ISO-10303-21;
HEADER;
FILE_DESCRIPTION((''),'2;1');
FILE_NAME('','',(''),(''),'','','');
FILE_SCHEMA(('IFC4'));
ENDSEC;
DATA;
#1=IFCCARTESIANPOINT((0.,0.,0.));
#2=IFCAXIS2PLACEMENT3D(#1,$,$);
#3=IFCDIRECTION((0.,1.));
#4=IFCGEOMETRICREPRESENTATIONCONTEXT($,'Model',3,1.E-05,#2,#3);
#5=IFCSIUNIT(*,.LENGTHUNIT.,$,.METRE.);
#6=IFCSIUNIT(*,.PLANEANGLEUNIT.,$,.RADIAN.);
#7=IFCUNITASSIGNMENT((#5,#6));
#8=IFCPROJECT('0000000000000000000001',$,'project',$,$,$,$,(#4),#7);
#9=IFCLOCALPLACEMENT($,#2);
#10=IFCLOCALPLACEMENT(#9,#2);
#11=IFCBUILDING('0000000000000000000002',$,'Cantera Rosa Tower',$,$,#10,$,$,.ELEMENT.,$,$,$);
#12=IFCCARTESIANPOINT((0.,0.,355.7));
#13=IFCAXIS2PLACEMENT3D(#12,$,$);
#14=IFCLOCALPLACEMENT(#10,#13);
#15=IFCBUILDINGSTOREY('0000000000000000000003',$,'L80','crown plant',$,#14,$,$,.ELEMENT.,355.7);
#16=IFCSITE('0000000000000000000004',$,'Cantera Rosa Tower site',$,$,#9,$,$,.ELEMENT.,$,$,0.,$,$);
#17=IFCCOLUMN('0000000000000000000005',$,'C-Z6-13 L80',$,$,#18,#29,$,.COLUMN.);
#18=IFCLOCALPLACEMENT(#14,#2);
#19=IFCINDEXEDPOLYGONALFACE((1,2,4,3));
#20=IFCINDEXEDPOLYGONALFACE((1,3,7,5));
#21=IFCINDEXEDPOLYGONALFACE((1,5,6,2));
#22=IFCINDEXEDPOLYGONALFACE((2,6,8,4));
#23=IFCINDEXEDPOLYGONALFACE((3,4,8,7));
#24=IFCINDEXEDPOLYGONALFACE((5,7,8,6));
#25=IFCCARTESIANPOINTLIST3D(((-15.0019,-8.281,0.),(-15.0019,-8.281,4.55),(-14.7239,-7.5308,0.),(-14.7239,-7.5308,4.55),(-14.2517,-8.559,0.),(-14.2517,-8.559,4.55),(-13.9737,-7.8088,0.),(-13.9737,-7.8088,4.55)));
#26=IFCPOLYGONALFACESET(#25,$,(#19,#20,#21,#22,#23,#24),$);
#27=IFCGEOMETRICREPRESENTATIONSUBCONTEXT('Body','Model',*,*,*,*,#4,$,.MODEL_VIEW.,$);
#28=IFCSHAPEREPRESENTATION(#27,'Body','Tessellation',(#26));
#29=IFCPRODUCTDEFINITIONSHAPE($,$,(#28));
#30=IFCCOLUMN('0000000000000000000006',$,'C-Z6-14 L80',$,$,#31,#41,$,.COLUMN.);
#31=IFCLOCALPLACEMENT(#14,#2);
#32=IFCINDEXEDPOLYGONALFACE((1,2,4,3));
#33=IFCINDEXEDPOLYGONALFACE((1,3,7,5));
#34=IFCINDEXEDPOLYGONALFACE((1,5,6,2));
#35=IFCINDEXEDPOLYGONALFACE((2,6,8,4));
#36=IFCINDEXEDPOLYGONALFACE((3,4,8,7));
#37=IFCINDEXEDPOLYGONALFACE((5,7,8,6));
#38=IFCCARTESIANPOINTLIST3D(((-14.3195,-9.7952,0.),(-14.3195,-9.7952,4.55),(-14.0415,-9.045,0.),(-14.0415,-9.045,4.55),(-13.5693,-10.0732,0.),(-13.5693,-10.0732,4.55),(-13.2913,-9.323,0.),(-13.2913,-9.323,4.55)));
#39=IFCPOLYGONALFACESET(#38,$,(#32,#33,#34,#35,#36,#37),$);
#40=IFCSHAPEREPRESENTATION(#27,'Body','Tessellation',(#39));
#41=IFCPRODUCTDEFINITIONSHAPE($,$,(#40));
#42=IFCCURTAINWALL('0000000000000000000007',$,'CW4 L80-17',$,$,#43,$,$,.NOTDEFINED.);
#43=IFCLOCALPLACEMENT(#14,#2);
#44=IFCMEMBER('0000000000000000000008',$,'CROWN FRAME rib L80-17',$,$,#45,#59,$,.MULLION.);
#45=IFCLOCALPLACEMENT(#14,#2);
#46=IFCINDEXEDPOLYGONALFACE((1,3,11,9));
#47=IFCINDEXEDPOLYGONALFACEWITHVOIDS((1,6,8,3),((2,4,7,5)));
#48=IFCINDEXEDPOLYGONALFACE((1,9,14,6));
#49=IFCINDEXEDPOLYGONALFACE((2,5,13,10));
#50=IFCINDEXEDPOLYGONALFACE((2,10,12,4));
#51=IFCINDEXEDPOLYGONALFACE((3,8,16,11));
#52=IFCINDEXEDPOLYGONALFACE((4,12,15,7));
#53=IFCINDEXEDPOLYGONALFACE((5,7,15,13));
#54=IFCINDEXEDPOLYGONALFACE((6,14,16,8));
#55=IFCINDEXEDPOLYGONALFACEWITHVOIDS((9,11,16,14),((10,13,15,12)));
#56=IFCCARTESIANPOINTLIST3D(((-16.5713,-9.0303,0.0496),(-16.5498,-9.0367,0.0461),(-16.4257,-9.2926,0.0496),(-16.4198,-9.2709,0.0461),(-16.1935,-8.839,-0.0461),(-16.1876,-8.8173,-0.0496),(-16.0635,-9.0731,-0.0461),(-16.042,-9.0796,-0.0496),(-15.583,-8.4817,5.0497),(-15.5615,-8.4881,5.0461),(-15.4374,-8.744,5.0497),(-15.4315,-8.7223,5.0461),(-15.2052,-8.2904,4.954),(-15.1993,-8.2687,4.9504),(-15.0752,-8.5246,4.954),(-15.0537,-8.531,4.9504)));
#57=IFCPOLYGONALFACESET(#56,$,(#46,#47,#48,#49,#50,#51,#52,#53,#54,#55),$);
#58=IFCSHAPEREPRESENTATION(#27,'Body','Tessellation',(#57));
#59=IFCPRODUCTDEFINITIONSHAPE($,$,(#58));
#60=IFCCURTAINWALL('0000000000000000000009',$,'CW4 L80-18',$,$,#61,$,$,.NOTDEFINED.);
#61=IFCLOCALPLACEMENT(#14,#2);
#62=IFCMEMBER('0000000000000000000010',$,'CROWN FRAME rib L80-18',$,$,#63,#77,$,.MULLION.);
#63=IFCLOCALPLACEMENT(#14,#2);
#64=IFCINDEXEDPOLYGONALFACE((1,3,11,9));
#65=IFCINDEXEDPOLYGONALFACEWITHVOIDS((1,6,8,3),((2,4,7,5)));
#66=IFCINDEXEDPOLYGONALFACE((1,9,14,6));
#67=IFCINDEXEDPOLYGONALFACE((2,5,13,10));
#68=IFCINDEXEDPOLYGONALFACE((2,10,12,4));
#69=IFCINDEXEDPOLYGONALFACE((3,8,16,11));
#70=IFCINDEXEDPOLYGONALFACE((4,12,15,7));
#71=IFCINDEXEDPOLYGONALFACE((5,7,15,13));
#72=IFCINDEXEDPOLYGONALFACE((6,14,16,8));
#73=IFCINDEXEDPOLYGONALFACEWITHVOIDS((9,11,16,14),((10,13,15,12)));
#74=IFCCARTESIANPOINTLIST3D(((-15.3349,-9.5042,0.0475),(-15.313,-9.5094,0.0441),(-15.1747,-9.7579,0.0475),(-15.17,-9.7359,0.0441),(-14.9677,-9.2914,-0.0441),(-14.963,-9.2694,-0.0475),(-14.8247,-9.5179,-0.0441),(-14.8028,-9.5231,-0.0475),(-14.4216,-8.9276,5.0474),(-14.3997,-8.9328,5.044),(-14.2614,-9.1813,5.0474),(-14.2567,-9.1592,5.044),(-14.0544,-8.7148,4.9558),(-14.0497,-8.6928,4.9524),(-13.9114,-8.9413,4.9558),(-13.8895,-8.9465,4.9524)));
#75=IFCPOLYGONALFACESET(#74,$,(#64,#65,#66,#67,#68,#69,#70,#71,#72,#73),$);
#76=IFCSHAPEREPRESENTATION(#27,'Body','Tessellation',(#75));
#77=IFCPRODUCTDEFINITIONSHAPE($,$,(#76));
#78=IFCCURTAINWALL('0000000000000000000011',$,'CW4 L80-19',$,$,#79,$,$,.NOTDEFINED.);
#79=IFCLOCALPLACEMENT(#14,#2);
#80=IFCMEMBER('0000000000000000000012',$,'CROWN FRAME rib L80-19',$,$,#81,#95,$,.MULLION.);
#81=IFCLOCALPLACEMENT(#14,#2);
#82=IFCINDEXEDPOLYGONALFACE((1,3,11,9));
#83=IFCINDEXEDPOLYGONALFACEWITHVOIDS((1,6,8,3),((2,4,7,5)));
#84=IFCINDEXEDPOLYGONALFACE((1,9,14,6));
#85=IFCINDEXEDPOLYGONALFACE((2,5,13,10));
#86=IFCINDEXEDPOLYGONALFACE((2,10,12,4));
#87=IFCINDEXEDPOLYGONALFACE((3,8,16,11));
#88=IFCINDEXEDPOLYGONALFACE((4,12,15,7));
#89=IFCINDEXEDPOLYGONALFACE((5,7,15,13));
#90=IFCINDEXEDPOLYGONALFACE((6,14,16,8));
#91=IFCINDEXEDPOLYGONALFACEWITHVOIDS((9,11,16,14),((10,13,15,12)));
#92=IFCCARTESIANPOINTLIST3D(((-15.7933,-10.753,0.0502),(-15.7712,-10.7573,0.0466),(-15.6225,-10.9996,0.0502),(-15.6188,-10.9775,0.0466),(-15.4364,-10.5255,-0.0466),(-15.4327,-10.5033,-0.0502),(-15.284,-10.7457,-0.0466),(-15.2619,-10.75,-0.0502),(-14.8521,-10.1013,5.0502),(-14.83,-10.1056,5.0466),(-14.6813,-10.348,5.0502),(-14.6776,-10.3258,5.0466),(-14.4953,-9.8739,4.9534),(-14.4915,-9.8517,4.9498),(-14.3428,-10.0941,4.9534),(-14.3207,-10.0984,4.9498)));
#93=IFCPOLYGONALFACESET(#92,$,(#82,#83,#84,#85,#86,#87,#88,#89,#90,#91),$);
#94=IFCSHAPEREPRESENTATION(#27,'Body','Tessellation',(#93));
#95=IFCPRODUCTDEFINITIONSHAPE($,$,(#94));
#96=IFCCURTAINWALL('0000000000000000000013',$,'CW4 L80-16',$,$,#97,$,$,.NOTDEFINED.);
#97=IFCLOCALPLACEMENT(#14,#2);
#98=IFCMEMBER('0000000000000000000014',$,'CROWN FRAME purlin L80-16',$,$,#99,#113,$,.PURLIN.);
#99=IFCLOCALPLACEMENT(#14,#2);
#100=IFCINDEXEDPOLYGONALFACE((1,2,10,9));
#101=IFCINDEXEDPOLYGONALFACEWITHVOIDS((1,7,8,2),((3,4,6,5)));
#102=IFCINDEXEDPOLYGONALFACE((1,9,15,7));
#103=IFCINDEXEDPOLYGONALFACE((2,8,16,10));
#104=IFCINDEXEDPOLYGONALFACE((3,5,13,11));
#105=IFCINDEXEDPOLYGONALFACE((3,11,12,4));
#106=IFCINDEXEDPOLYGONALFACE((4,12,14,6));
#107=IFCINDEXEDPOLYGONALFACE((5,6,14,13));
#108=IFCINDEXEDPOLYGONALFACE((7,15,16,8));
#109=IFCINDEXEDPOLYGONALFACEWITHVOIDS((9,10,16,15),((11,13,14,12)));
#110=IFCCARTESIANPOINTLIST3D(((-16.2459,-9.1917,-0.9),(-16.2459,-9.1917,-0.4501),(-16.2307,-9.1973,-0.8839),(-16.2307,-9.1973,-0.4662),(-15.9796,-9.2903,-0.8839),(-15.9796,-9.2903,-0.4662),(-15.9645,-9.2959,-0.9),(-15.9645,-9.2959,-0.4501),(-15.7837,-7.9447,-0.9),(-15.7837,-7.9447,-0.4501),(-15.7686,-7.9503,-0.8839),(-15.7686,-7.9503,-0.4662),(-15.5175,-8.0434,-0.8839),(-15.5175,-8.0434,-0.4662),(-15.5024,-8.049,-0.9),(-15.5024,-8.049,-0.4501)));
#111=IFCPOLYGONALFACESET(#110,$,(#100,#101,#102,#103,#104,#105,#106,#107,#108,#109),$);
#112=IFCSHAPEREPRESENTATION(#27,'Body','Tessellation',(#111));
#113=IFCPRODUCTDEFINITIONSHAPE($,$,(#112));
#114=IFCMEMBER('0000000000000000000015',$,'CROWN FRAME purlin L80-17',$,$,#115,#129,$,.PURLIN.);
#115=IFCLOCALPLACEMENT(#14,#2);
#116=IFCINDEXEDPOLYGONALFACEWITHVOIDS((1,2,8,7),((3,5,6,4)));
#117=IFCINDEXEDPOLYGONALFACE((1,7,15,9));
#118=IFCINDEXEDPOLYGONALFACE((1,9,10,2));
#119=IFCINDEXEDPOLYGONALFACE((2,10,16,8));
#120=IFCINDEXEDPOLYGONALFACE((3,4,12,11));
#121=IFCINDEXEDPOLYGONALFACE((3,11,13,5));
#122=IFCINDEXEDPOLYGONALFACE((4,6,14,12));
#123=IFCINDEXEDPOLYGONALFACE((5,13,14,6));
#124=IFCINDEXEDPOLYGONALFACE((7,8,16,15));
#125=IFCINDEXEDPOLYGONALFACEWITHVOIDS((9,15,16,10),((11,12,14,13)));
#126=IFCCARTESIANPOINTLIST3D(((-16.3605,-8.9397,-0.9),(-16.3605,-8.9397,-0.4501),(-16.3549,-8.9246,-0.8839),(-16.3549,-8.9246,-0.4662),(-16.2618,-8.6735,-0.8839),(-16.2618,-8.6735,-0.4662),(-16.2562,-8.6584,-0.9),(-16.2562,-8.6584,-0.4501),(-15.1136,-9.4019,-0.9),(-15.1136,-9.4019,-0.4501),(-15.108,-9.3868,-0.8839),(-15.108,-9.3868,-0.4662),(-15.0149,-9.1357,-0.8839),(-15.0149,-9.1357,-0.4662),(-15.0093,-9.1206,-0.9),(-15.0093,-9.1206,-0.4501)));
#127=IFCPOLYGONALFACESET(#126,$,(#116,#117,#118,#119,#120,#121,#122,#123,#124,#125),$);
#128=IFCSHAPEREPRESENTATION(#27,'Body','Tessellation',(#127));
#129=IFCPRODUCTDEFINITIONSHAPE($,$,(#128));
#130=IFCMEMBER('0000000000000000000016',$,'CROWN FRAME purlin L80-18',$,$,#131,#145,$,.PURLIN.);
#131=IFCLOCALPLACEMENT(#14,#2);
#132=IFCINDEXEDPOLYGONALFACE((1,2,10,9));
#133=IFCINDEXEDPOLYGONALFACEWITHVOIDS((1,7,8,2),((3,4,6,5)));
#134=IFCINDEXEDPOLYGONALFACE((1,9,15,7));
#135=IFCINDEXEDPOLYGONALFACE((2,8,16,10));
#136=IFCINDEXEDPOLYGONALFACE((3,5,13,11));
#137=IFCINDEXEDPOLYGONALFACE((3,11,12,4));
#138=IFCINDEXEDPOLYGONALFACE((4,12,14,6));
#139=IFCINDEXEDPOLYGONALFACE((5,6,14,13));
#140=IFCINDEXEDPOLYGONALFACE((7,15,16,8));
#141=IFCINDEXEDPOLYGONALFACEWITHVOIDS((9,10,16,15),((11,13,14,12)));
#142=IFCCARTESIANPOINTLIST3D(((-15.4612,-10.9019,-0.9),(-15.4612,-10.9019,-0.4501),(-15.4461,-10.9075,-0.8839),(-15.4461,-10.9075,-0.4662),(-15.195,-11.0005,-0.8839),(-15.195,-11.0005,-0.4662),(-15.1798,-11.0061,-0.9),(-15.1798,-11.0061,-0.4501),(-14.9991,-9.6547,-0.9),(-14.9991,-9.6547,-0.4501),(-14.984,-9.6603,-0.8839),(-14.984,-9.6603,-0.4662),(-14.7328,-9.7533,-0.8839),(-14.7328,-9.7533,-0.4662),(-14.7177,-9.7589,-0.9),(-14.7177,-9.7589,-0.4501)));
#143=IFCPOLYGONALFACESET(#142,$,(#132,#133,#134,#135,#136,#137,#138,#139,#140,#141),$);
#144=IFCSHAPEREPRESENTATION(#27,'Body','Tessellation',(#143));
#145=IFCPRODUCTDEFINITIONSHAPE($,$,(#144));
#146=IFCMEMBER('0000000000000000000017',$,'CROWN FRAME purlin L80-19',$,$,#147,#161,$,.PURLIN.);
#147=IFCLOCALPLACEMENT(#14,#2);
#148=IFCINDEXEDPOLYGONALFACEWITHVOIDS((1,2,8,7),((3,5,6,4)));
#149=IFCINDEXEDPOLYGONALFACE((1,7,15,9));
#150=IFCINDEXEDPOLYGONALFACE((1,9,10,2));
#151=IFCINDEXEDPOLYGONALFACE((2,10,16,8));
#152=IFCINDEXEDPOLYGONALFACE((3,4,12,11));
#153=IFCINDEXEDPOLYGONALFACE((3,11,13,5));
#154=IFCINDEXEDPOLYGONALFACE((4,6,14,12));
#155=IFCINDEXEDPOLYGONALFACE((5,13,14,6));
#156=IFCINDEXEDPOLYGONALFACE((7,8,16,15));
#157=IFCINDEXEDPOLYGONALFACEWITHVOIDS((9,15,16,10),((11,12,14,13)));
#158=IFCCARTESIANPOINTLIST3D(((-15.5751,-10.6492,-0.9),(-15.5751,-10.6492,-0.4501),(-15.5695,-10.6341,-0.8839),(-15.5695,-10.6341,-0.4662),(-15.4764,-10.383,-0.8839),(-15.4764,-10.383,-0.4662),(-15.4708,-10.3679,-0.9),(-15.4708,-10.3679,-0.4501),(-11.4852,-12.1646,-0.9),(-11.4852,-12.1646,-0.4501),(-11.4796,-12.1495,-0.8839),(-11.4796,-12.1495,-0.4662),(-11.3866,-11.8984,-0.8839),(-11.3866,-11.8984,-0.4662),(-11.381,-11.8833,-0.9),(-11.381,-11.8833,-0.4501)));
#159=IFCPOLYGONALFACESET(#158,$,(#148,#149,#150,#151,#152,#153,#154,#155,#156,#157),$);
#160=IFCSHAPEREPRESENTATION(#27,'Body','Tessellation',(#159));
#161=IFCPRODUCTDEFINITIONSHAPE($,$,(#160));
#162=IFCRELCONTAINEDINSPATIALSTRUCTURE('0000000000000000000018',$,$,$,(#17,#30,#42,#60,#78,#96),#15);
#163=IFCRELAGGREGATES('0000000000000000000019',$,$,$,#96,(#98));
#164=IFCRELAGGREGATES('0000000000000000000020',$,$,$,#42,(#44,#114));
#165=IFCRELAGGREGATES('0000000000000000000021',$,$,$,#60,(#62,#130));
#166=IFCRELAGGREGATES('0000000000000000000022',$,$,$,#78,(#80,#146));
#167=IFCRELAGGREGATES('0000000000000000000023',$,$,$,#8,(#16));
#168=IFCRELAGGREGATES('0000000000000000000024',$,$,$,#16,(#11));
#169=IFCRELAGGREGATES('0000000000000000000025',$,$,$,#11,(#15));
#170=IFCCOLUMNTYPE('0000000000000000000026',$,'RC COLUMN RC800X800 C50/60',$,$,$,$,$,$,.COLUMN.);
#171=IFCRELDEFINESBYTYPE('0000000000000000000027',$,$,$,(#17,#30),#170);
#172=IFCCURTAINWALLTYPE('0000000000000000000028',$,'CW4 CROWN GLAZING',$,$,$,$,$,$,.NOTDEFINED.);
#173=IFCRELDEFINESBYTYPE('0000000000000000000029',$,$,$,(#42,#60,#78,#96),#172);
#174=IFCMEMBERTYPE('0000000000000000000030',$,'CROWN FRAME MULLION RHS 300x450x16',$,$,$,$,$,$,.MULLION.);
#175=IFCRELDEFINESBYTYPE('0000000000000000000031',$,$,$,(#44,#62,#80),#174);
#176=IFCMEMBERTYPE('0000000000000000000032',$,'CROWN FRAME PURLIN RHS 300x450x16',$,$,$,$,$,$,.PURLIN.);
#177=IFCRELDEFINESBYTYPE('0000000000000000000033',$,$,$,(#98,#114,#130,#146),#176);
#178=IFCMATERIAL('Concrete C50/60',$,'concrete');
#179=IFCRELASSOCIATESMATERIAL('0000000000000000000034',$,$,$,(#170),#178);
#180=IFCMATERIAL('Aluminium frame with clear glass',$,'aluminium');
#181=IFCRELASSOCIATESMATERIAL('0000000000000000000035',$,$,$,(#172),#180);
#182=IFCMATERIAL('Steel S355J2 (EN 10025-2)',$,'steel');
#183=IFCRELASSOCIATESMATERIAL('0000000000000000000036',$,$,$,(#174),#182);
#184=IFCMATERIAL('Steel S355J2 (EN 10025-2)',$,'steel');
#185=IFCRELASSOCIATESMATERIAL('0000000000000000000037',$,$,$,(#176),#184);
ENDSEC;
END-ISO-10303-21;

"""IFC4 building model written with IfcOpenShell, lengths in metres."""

from ifc_helpers import new_model, si_unit, direction, frame, origin, origin_2d, place, context, subcontext, project, spatial, rectangle, hollow_rectangle, extrude, material, material_profile, profile_set, type_object, element, aggregate, save


model = new_model("IFC4")

# Units and contexts
model_context = context("Model", 3, precision=1e-05, world=origin(), true_north=direction((0.0, 1.0)))
body_context = subcontext(model_context, "Body", "Model", "MODEL_VIEW")
ifc_project = project(units=[si_unit("LENGTHUNIT", "METRE"), si_unit("PLANEANGLEUNIT", "RADIAN")], contexts=[model_context])

# Site, building, storey
site_placement = place(None, origin())
site = spatial("IfcSite", under=ifc_project, at=site_placement, Name="Cantera Rosa Tower site", CompositionType="ELEMENT", RefElevation=0.0)
building_placement = place(site_placement, origin())
building = spatial("IfcBuilding", under=site, at=building_placement, Name="Cantera Rosa Tower", CompositionType="ELEMENT")
storey_placement = place(building_placement, frame((0.0, 0.0, 355.7)))
storey = spatial("IfcBuildingStorey", under=building, at=storey_placement, Name="L80", Description="crown plant", CompositionType="ELEMENT", Elevation=355.7)

# Columns
ifc_material_1 = material(Name="Concrete C50/60", Category="concrete")
ifc_material_profile_1 = material_profile(ifc_material_1, rectangle(XDim=0.8, YDim=0.8, at=origin_2d()), Name="RC COLUMN RC800X800 C50/60")
ifc_profile_set_1 = profile_set([ifc_material_profile_1], Name="Concrete C50/60")
column_type = type_object("IfcColumnType", Name="RC COLUMN RC800X800 C50/60", PredefinedType="COLUMN", material=ifc_profile_set_1)
for number, where, z_axis, x_axis, name in (
    (1, (-14.4878, -8.0449, 0.0), (0.0, 0.0, 1.0), (0.347481, 0.937687, 0.0), "C-Z6-13 L80"),
    (2, (-13.8054, -9.5591, 0.0), (0.0, 0.0, 1.0), (0.347481, 0.937687, 0.0), "C-Z6-14 L80"),
):
    element("IfcColumn", number, at=place(storey_placement, frame(where, z_axis=z_axis, x_axis=x_axis)), inside=storey, type_object=column_type, Name=name, PredefinedType="COLUMN", context=body_context, shape_type="SweptSolid", body=[
        extrude(rectangle(XDim=0.8, YDim=0.8, at=origin_2d()), origin(), (0.0, 0.0, 1.0), 4.55),
    ])

# Curtain walls, members
ifc_material_2 = material(Name="Aluminium frame with clear glass", Category="aluminium")
curtain_wall_type = type_object("IfcCurtainWallType", Name="CW4 CROWN GLAZING", PredefinedType="NOTDEFINED", material=ifc_material_2)
curtain_wall_1_placement = place(storey_placement, origin())
curtain_wall_1 = element("IfcCurtainWall", 3, at=curtain_wall_1_placement, inside=storey, type_object=curtain_wall_type, Name="CW4 L80-17", PredefinedType="NOTDEFINED")
ifc_material_3 = material(Name="Steel S355J2 (EN 10025-2)", Category="steel")
ifc_material_profile_2 = material_profile(ifc_material_3, hollow_rectangle(XDim=0.3, YDim=0.45, WallThickness=0.0161, at=origin_2d()), Name="CROWN FRAME MULLION RHS 300x450x16")
ifc_profile_set_2 = profile_set([ifc_material_profile_2], Name="Steel S355J2 (EN 10025-2)")
member_type_1 = type_object("IfcMemberType", Name="CROWN FRAME MULLION RHS 300x450x16", PredefinedType="MULLION", material=ifc_profile_set_2)
member_1_placement = place(storey_placement, frame((-16.3066, -9.0549, 0.0), z_axis=(0.192791, 0.107016, 0.975387), x_axis=(-0.485331, 0.87433, 0.0)))
member_1 = element("IfcMember", 4, at=member_1_placement, type_object=member_type_1, Name="CROWN FRAME rib L80-17", PredefinedType="MULLION", context=body_context, shape_type="SweptSolid", body=[
    extrude(hollow_rectangle(XDim=0.3, YDim=0.45, WallThickness=0.0161, at=origin_2d()), origin(), (0.0, 0.0, 1.0), 5.1262),
])
curtain_wall_2_placement = place(storey_placement, origin())
curtain_wall_2 = element("IfcCurtainWall", 5, at=curtain_wall_2_placement, inside=storey, type_object=curtain_wall_type, Name="CW4 L80-18", PredefinedType="NOTDEFINED")
member_2_placement = place(storey_placement, frame((-15.0688, -9.5137, 0.0), z_axis=(0.178547, 0.112732, 0.977452), x_axis=(-0.533874, 0.845564, 0.0)))
member_2 = element("IfcMember", 6, at=member_2_placement, type_object=member_type_1, Name="CROWN FRAME rib L80-18", PredefinedType="MULLION", context=body_context, shape_type="SweptSolid", body=[
    extrude(hollow_rectangle(XDim=0.3, YDim=0.45, WallThickness=0.0161, at=origin_2d()), origin(), (0.0, 0.0, 1.0), 5.1152),
])
curtain_wall_3_placement = place(storey_placement, origin())
curtain_wall_3 = element("IfcCurtainWall", 7, at=curtain_wall_3_placement, inside=storey, type_object=curtain_wall_type, Name="CW4 L80-19", PredefinedType="NOTDEFINED")
member_3_placement = place(storey_placement, frame((-15.5276, -10.7515, 0.0), z_axis=(0.183485, 0.127035, 0.97478), x_axis=(-0.569232, 0.822177, 0.0)))
member_3 = element("IfcMember", 8, at=member_3_placement, type_object=member_type_1, Name="CROWN FRAME rib L80-19", PredefinedType="MULLION", context=body_context, shape_type="SweptSolid", body=[
    extrude(hollow_rectangle(XDim=0.3, YDim=0.45, WallThickness=0.0161, at=origin_2d()), origin(), (0.0, 0.0, 1.0), 5.1294),
])
curtain_wall_4_placement = place(storey_placement, origin())
curtain_wall_4 = element("IfcCurtainWall", 9, at=curtain_wall_4_placement, inside=storey, type_object=curtain_wall_type, Name="CW4 L80-16", PredefinedType="NOTDEFINED")
ifc_material_4 = material(Name="Steel S355J2 (EN 10025-2)", Category="steel")
ifc_material_profile_3 = material_profile(ifc_material_4, hollow_rectangle(XDim=0.3, YDim=0.45, WallThickness=0.0161, at=origin_2d()), Name="CROWN FRAME PURLIN RHS 300x450x16")
ifc_profile_set_3 = profile_set([ifc_material_profile_3], Name="Steel S355J2 (EN 10025-2)")
member_type_2 = type_object("IfcMemberType", Name="CROWN FRAME PURLIN RHS 300x450x16", PredefinedType="PURLIN", material=ifc_profile_set_3)
member_4_placement = place(storey_placement, frame((-15.6431, -7.9968, -0.675), z_axis=(-0.3475, -0.93768, 0.0), x_axis=(0.93768, -0.3475, 0.0)))
member_4 = element("IfcMember", 10, at=member_4_placement, type_object=member_type_2, Name="CROWN FRAME purlin L80-16", PredefinedType="PURLIN", context=body_context, shape_type="SweptSolid", body=[
    extrude(hollow_rectangle(XDim=0.3, YDim=0.45, WallThickness=0.0161, at=origin_2d()), origin(), (0.0, 0.0, 1.0), 1.3298),
])

# Members
member_5_placement = place(storey_placement, frame((-16.3083, -8.7991, -0.675), z_axis=(0.937658, -0.34756, 0.0), x_axis=(0.34756, 0.937658, 0.0)))
member_5 = element("IfcMember", 11, at=member_5_placement, type_object=member_type_2, Name="CROWN FRAME purlin L80-17", PredefinedType="PURLIN", context=body_context, shape_type="SweptSolid", body=[
    extrude(hollow_rectangle(XDim=0.3, YDim=0.45, WallThickness=0.0161, at=origin_2d()), origin(), (0.0, 0.0, 1.0), 1.3298),
])
member_6_placement = place(storey_placement, frame((-14.8584, -9.7068, -0.675), z_axis=(-0.34744, -0.937702, 0.0), x_axis=(0.937702, -0.34744, 0.0)))
member_6 = element("IfcMember", 12, at=member_6_placement, type_object=member_type_2, Name="CROWN FRAME purlin L80-18", PredefinedType="PURLIN", context=body_context, shape_type="SweptSolid", body=[
    extrude(hollow_rectangle(XDim=0.3, YDim=0.45, WallThickness=0.0161, at=origin_2d()), origin(), (0.0, 0.0, 1.0), 1.3301),
])
member_7_placement = place(storey_placement, frame((-15.5229, -10.5085, -0.675), z_axis=(0.937702, -0.34744, 0.0), x_axis=(0.34744, 0.937702, 0.0)))
member_7 = element("IfcMember", 13, at=member_7_placement, type_object=member_type_2, Name="CROWN FRAME purlin L80-19", PredefinedType="PURLIN", context=body_context, shape_type="SweptSolid", body=[
    extrude(hollow_rectangle(XDim=0.3, YDim=0.45, WallThickness=0.0161, at=origin_2d()), origin(), (0.0, 0.0, 1.0), 4.3616),
])

aggregate(curtain_wall_4, [member_4])
aggregate(curtain_wall_1, [member_1, member_5])
aggregate(curtain_wall_2, [member_2, member_6])
aggregate(curtain_wall_3, [member_3, member_7])

save(model, "model.ifc")
